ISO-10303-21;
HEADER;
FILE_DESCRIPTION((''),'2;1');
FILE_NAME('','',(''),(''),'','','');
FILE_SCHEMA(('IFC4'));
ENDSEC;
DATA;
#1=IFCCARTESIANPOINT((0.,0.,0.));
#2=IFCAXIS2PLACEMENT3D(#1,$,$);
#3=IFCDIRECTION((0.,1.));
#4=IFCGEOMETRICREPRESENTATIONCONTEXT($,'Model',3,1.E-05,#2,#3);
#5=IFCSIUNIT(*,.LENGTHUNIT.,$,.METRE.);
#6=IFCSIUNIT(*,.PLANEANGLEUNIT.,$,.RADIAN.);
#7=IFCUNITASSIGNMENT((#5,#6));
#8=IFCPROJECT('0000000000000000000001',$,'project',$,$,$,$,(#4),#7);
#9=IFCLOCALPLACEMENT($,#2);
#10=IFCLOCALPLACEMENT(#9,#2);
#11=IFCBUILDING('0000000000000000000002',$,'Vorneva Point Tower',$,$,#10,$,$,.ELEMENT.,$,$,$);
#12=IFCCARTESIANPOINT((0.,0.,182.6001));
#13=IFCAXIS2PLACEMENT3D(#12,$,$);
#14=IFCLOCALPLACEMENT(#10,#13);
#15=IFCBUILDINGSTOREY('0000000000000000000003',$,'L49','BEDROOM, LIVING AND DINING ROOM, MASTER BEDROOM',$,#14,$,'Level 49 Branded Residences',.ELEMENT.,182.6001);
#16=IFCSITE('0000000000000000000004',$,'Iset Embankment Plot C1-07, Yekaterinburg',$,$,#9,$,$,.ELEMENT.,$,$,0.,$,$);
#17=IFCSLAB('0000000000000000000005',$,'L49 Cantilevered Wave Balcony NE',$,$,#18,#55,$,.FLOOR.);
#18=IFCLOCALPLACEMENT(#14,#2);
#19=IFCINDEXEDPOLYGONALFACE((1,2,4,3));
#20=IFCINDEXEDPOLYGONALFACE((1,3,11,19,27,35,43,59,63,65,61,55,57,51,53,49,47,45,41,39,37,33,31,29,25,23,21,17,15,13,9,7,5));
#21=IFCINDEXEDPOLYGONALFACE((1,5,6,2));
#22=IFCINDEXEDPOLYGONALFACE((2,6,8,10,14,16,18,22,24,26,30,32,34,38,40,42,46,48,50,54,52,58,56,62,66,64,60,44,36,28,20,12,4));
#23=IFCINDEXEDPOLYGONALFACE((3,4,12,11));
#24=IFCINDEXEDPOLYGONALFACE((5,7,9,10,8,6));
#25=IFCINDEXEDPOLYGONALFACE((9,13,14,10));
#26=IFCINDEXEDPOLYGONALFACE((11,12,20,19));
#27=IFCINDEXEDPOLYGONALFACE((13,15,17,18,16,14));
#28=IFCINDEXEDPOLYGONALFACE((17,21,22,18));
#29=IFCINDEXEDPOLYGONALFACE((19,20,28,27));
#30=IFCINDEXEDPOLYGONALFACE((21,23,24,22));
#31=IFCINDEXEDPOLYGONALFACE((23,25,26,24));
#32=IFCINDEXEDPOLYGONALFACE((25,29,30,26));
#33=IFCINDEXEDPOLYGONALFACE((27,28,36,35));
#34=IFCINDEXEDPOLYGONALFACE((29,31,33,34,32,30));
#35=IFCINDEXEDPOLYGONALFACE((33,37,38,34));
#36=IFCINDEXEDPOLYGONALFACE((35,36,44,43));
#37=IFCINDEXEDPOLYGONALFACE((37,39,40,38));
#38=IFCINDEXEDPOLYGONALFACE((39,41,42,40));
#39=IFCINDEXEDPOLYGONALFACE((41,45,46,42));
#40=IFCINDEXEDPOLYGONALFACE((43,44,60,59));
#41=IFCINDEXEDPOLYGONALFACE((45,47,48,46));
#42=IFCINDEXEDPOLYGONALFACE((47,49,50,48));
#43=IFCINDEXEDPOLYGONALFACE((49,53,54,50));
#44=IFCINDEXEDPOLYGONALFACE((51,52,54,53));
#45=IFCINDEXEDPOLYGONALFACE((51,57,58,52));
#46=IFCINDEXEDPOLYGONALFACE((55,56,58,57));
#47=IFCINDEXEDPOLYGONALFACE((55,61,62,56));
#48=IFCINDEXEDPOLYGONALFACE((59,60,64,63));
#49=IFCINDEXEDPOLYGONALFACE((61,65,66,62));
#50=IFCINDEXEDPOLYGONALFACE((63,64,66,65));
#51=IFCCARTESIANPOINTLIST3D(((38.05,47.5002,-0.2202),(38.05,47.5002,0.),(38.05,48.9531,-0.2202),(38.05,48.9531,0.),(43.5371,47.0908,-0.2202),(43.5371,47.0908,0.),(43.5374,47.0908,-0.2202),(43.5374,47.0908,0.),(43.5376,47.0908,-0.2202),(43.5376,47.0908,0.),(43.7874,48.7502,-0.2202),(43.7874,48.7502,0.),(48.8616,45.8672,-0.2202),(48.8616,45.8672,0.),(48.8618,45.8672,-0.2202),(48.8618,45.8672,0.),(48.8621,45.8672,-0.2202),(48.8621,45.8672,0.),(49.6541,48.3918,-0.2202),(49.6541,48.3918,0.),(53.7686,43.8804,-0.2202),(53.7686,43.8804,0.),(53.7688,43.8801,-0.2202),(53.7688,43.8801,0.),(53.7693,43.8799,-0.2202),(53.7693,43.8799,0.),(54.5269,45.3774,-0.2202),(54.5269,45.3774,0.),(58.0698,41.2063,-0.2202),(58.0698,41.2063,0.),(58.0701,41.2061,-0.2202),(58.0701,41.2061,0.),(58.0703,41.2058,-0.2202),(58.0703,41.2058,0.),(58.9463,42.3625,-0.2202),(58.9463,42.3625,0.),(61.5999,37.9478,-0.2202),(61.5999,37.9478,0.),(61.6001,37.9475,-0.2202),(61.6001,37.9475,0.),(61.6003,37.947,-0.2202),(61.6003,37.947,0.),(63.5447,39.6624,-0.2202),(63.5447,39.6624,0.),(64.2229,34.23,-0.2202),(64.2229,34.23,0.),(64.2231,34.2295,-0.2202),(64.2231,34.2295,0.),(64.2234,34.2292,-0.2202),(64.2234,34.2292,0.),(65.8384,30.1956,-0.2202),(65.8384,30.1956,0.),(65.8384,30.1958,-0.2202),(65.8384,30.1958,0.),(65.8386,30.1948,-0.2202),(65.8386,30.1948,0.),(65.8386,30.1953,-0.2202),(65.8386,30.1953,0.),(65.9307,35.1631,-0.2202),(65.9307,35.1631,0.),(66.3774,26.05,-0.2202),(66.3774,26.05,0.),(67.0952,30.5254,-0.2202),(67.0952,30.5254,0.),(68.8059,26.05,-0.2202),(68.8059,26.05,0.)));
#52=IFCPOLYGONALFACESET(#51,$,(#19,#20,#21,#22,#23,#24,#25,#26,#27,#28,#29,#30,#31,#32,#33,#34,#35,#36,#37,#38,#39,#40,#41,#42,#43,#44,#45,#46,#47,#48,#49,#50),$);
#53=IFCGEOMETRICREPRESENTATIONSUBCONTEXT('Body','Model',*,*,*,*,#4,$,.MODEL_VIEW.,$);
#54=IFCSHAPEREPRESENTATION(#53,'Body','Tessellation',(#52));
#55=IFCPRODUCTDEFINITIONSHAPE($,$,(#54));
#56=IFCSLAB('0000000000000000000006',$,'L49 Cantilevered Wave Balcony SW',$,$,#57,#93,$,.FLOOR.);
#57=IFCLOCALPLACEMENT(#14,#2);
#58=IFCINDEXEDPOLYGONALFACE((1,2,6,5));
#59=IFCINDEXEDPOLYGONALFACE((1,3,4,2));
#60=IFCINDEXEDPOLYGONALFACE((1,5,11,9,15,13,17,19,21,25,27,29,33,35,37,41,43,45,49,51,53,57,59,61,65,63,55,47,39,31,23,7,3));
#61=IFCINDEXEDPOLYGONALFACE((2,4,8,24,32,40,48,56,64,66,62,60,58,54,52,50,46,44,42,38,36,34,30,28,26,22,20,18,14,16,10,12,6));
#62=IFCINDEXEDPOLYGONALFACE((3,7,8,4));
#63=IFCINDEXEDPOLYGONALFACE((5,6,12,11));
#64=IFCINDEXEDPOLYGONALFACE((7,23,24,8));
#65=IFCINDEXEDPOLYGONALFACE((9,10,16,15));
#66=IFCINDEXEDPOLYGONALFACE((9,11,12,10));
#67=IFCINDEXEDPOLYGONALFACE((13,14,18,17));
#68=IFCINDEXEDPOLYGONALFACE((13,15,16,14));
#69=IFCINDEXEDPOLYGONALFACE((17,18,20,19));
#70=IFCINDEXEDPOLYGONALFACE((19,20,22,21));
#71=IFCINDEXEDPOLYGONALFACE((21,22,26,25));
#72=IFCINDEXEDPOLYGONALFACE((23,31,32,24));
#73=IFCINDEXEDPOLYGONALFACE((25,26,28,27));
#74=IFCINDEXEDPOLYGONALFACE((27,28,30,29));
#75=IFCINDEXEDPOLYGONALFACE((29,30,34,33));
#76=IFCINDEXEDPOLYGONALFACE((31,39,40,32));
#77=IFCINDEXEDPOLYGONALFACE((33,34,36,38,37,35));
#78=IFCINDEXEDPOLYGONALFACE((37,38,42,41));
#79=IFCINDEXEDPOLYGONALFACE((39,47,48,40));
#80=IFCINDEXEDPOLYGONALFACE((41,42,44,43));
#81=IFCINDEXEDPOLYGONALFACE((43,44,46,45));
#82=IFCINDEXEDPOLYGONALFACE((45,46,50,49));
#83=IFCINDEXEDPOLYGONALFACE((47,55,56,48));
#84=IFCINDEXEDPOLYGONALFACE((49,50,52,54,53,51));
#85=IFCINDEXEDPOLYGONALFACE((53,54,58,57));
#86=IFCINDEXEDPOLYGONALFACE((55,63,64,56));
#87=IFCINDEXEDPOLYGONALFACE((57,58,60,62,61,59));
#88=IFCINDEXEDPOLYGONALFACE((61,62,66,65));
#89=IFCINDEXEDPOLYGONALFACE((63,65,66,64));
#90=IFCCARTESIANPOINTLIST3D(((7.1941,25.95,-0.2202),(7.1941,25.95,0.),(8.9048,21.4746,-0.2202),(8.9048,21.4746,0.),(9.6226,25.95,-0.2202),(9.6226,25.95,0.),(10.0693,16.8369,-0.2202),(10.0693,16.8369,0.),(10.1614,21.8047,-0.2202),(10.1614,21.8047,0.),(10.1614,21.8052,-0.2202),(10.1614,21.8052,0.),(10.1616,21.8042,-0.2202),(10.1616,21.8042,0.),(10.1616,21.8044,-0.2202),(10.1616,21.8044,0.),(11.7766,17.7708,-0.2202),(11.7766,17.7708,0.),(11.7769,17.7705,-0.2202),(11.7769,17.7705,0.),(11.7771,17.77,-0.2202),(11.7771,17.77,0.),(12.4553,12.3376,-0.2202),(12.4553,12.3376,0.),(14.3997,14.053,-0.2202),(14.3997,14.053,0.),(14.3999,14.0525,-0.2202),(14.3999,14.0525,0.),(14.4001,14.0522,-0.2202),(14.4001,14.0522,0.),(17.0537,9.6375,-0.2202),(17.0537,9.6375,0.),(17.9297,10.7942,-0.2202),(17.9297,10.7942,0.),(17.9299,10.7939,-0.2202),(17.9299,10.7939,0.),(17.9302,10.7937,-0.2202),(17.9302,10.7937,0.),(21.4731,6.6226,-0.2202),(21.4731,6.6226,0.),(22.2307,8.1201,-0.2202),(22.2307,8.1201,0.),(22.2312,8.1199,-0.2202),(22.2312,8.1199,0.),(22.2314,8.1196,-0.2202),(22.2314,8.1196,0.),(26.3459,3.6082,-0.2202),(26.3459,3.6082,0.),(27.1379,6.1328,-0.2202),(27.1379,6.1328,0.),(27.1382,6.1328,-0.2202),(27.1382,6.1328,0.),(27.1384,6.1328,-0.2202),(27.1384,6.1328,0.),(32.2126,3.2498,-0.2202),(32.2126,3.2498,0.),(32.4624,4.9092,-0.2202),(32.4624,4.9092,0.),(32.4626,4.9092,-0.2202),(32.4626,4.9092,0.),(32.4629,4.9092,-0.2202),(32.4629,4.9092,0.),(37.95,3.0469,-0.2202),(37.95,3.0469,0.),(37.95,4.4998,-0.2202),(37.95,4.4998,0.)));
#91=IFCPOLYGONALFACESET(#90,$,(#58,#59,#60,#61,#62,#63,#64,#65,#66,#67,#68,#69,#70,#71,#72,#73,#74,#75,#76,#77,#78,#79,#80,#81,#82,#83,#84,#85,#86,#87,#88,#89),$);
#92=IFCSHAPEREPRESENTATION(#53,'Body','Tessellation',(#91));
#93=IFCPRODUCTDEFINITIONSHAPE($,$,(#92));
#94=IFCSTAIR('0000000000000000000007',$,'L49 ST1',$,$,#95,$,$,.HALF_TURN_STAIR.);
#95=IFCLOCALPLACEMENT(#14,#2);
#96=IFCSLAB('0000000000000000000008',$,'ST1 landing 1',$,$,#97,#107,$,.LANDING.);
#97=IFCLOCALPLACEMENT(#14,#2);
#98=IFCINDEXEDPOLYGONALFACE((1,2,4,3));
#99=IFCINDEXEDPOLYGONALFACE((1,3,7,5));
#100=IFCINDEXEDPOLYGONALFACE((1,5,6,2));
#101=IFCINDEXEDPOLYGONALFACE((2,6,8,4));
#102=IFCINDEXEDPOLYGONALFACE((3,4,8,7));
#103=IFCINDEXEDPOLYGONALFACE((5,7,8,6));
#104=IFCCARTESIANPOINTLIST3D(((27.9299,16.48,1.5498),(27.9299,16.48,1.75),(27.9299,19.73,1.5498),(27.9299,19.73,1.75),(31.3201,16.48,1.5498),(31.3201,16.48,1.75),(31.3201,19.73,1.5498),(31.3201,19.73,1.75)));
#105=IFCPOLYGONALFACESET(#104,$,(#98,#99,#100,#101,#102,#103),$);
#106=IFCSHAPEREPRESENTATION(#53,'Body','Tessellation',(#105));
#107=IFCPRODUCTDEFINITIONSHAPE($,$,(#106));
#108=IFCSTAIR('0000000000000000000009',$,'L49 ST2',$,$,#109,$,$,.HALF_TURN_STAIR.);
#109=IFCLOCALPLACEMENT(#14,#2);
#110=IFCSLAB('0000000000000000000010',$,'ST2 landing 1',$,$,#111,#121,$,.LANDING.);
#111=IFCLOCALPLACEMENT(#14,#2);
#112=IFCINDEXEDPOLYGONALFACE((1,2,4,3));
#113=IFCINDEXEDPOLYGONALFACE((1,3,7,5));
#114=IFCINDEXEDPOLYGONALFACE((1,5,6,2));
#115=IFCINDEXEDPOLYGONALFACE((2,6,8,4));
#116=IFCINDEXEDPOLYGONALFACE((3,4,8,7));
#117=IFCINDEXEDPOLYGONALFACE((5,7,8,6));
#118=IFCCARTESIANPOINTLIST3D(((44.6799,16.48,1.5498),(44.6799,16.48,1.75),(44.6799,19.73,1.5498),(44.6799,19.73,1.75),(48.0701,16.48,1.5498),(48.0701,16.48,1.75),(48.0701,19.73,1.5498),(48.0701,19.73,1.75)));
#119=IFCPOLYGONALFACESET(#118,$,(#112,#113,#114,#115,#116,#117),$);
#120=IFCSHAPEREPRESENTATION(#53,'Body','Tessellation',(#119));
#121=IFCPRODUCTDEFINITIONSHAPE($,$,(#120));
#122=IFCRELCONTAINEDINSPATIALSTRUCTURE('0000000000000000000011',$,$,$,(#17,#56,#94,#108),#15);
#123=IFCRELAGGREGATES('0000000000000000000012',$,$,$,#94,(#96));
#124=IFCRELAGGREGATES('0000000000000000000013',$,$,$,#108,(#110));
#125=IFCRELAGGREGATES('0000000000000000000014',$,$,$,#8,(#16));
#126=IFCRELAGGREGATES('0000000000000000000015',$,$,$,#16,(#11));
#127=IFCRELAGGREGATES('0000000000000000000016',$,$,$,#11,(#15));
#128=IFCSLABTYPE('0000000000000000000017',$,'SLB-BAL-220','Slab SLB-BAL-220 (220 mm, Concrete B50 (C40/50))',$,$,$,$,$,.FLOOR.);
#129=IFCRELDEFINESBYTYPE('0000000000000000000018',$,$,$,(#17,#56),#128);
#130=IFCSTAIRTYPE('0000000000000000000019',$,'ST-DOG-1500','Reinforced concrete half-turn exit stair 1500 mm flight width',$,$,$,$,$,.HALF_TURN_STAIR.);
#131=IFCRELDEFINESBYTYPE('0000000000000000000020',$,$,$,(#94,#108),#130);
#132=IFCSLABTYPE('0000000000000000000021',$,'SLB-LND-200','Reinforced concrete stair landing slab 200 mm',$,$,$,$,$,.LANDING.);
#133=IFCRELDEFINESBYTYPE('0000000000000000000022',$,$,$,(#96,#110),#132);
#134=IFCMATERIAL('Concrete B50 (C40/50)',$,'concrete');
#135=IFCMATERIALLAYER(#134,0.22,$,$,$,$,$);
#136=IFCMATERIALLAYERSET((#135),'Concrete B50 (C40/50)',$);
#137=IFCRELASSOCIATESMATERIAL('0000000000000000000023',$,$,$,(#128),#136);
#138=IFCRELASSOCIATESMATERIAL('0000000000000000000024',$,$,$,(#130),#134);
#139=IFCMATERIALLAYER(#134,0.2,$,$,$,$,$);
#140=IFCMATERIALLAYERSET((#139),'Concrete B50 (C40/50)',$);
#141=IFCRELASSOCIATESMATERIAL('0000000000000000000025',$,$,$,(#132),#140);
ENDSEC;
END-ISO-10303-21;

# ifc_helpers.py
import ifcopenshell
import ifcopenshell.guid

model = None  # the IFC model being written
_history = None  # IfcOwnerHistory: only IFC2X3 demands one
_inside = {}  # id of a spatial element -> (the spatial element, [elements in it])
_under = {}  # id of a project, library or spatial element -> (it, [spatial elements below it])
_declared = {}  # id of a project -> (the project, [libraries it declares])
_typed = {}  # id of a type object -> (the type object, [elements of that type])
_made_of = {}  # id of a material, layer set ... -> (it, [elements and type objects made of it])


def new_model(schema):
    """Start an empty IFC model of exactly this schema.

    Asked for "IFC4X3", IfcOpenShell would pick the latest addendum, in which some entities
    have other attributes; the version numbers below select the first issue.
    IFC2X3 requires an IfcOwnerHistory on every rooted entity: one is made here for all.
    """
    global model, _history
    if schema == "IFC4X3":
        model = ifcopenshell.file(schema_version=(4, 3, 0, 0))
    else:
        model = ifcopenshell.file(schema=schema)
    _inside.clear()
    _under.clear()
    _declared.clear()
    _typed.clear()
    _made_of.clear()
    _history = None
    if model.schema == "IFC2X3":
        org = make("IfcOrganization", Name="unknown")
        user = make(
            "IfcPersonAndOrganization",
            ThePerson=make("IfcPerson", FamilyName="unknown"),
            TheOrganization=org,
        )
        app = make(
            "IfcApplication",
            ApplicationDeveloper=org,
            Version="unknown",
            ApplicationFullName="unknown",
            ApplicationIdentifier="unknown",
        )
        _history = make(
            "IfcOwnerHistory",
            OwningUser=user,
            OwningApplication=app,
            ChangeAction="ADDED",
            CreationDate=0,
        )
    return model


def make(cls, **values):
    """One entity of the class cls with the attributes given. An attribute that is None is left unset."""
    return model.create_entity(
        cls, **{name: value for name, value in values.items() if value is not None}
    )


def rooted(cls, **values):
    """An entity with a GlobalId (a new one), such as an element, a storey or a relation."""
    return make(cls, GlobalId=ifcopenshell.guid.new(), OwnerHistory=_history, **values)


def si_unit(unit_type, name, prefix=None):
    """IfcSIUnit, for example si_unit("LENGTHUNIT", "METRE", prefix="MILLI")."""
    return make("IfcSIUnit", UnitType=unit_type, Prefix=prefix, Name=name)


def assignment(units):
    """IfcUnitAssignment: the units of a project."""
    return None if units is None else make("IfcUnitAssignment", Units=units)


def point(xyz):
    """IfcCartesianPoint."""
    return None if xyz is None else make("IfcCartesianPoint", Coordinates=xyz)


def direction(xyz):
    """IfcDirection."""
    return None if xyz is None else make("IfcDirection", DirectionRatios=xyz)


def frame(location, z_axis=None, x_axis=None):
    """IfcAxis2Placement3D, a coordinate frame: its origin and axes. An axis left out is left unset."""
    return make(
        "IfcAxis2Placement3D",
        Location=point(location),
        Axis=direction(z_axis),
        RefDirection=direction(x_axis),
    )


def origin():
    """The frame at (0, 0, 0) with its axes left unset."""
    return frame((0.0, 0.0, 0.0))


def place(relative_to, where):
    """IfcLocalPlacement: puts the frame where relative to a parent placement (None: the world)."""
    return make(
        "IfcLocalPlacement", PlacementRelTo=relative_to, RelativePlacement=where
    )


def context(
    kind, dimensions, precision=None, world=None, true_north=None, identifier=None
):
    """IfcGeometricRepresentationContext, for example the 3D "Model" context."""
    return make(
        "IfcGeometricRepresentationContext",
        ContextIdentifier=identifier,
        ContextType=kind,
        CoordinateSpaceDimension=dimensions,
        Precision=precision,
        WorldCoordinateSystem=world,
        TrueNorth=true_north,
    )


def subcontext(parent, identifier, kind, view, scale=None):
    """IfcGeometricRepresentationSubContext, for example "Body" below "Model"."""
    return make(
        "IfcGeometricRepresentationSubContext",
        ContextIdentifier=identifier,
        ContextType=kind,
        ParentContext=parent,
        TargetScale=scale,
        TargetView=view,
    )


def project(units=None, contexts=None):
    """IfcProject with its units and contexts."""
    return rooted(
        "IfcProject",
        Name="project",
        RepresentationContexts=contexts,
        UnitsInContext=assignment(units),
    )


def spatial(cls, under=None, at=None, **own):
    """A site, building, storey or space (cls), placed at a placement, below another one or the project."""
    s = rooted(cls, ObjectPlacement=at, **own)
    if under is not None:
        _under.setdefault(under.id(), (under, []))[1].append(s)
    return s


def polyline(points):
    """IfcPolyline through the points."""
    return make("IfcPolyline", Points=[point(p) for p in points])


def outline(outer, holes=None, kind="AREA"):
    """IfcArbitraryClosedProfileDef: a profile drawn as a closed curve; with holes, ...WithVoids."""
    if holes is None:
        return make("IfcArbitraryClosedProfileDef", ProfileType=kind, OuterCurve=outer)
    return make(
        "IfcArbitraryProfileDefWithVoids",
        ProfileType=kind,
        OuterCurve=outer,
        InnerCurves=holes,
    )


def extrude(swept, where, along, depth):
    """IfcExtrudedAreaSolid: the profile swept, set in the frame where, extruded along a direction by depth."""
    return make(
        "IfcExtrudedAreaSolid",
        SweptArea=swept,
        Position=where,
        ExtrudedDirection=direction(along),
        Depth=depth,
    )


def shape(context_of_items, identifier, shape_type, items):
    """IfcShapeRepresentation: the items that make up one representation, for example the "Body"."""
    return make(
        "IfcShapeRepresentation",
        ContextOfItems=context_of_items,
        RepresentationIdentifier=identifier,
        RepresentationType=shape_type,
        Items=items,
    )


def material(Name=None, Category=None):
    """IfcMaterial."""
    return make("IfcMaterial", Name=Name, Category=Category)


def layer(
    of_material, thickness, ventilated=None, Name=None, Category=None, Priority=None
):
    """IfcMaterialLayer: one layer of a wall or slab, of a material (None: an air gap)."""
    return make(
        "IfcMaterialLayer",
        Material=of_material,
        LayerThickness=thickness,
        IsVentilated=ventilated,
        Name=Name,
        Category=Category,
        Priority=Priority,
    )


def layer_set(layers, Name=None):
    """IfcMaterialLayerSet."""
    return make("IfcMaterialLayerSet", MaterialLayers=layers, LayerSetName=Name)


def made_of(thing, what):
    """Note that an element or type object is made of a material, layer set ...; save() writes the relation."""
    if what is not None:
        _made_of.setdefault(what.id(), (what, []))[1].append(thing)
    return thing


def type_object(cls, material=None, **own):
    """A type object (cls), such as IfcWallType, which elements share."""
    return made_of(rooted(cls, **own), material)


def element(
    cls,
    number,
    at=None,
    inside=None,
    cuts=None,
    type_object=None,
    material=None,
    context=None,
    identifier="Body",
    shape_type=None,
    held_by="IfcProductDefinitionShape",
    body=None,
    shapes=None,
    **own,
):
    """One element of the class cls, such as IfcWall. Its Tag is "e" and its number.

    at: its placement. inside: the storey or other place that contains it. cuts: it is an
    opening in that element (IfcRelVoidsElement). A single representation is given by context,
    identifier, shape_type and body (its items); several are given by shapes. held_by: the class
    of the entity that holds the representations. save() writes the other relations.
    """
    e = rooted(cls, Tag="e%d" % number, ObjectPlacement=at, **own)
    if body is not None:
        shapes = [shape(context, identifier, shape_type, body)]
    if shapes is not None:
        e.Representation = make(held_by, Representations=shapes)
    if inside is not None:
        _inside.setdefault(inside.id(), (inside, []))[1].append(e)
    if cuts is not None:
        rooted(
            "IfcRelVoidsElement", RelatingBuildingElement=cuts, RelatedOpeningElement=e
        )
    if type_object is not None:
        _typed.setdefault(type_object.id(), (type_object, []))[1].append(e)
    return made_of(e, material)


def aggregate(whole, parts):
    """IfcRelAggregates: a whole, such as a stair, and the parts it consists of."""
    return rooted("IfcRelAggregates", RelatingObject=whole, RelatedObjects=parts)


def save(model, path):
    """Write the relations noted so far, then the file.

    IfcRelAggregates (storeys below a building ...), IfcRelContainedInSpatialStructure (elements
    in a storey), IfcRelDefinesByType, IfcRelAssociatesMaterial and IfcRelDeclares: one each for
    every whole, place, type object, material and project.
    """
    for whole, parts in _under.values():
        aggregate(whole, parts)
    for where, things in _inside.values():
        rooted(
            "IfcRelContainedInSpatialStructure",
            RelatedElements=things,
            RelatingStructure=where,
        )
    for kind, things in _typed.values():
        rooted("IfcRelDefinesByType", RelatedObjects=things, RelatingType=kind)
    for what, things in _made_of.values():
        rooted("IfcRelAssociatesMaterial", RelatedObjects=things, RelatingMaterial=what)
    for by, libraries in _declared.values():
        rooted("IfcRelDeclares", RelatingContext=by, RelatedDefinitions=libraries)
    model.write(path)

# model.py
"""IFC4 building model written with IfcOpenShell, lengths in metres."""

from ifc_helpers import new_model, si_unit, direction, frame, origin, place, context, subcontext, project, spatial, polyline, outline, extrude, material, layer, layer_set, type_object, element, aggregate, save


model = new_model("IFC4")

# Units and contexts
model_context = context("Model", 3, precision=1e-05, world=origin(), true_north=direction((0.0, 1.0)))
body_context = subcontext(model_context, "Body", "Model", "MODEL_VIEW")
ifc_project = project(units=[si_unit("LENGTHUNIT", "METRE"), si_unit("PLANEANGLEUNIT", "RADIAN")], contexts=[model_context])

# Site, building, storey
site_placement = place(None, origin())
site = spatial("IfcSite", under=ifc_project, at=site_placement, Name="Iset Embankment Plot C1-07, Yekaterinburg", CompositionType="ELEMENT", RefElevation=0.0)
building_placement = place(site_placement, origin())
building = spatial("IfcBuilding", under=site, at=building_placement, Name="Vorneva Point Tower", CompositionType="ELEMENT")
storey_placement = place(building_placement, frame((0.0, 0.0, 182.6001)))
storey = spatial("IfcBuildingStorey", under=building, at=storey_placement, Name="L49", Description="BEDROOM, LIVING AND DINING ROOM, MASTER BEDROOM", LongName="Level 49 Branded Residences", CompositionType="ELEMENT", Elevation=182.6001)

# Shared definitions
ifc_material_1 = material(Name="Concrete B50 (C40/50)", Category="concrete")

# Slabs
ifc_layer_1 = layer(ifc_material_1, 0.22)
ifc_layer_set_1 = layer_set([ifc_layer_1], Name="Concrete B50 (C40/50)")
slab_type_1 = type_object("IfcSlabType", Name="SLB-BAL-220", Description="Slab SLB-BAL-220 (220 mm, Concrete B50 (C40/50))", PredefinedType="FLOOR", material=ifc_layer_set_1)
slab_1_placement = place(storey_placement, frame((0.0, 0.0, -0.2202)))
element("IfcSlab", 1, at=slab_1_placement, inside=storey, type_object=slab_type_1, Name="L49 Cantilevered Wave Balcony NE", PredefinedType="FLOOR", context=body_context, shape_type="SweptSolid", body=[
    extrude(outline(polyline([(38.05, 48.9531), (38.05, 47.5002), (43.5371, 47.0908), (43.5374, 47.0908), (43.5376, 47.0908), (48.8616, 45.8672), (48.8618, 45.8672), (48.8621, 45.8672), (53.7686, 43.8804), (53.7688, 43.8801), (53.7693, 43.8799), (58.0698, 41.2063), (58.0701, 41.2061), (58.0703, 41.2058), (61.5999, 37.9478), (61.6001, 37.9475), (61.6003, 37.947), (64.2229, 34.23), (64.2231, 34.2295), (64.2234, 34.2292), (65.8384, 30.1958), (65.8384, 30.1956), (65.8386, 30.1953), (65.8386, 30.1948), (66.3774, 26.05), (68.8059, 26.05), (67.0952, 30.5254), (65.9307, 35.1631), (63.5447, 39.6624), (58.9463, 42.3625), (54.5269, 45.3774), (49.6541, 48.3918), (43.7874, 48.7502), (38.05, 48.9531)])), origin(), (0.0, 0.0, 1.0), 0.2202),
])
slab_2_placement = place(storey_placement, frame((0.0, 0.0, -0.2202)))
element("IfcSlab", 2, at=slab_2_placement, inside=storey, type_object=slab_type_1, Name="L49 Cantilevered Wave Balcony SW", PredefinedType="FLOOR", context=body_context, shape_type="SweptSolid", body=[
    extrude(outline(polyline([(37.95, 3.0469), (37.95, 4.4998), (32.4629, 4.9092), (32.4626, 4.9092), (32.4624, 4.9092), (27.1384, 6.1328), (27.1382, 6.1328), (27.1379, 6.1328), (22.2314, 8.1196), (22.2312, 8.1199), (22.2307, 8.1201), (17.9302, 10.7937), (17.9299, 10.7939), (17.9297, 10.7942), (14.4001, 14.0522), (14.3999, 14.0525), (14.3997, 14.053), (11.7771, 17.77), (11.7769, 17.7705), (11.7766, 17.7708), (10.1616, 21.8042), (10.1616, 21.8044), (10.1614, 21.8047), (10.1614, 21.8052), (9.6226, 25.95), (7.1941, 25.95), (8.9048, 21.4746), (10.0693, 16.8369), (12.4553, 12.3376), (17.0537, 9.6375), (21.4731, 6.6226), (26.3459, 3.6082), (32.2126, 3.2498), (37.95, 3.0469)])), origin(), (0.0, 0.0, 1.0), 0.2202),
])

# Stairs, slabs
stair_type = type_object("IfcStairType", Name="ST-DOG-1500", Description="Reinforced concrete half-turn exit stair 1500 mm flight width", PredefinedType="HALF_TURN_STAIR", material=ifc_material_1)
stair_1_placement = place(storey_placement, origin())
stair_1 = element("IfcStair", 3, at=stair_1_placement, inside=storey, type_object=stair_type, Name="L49 ST1", PredefinedType="HALF_TURN_STAIR")
ifc_layer_2 = layer(ifc_material_1, 0.2)
ifc_layer_set_2 = layer_set([ifc_layer_2], Name="Concrete B50 (C40/50)")
slab_type_2 = type_object("IfcSlabType", Name="SLB-LND-200", Description="Reinforced concrete stair landing slab 200 mm", PredefinedType="LANDING", material=ifc_layer_set_2)
slab_3_placement = place(storey_placement, frame((0.0, 0.0, 1.5498)))
slab_3 = element("IfcSlab", 4, at=slab_3_placement, type_object=slab_type_2, Name="ST1 landing 1", PredefinedType="LANDING", context=body_context, shape_type="SweptSolid", body=[
    extrude(outline(polyline([(27.9299, 16.48), (31.3201, 16.48), (31.3201, 19.73), (27.9299, 19.73), (27.9299, 16.48)])), origin(), (0.0, 0.0, 1.0), 0.2002),
])
aggregate(stair_1, [slab_3])
stair_2_placement = place(storey_placement, origin())
stair_2 = element("IfcStair", 5, at=stair_2_placement, inside=storey, type_object=stair_type, Name="L49 ST2", PredefinedType="HALF_TURN_STAIR")
slab_4_placement = place(storey_placement, frame((0.0, 0.0, 1.5498)))
slab_4 = element("IfcSlab", 6, at=slab_4_placement, type_object=slab_type_2, Name="ST2 landing 1", PredefinedType="LANDING", context=body_context, shape_type="SweptSolid", body=[
    extrude(outline(polyline([(44.6799, 16.48), (48.0701, 16.48), (48.0701, 19.73), (44.6799, 19.73), (44.6799, 16.48)])), origin(), (0.0, 0.0, 1.0), 0.2002),
])
aggregate(stair_2, [slab_4])

save(model, "model.ifc")
